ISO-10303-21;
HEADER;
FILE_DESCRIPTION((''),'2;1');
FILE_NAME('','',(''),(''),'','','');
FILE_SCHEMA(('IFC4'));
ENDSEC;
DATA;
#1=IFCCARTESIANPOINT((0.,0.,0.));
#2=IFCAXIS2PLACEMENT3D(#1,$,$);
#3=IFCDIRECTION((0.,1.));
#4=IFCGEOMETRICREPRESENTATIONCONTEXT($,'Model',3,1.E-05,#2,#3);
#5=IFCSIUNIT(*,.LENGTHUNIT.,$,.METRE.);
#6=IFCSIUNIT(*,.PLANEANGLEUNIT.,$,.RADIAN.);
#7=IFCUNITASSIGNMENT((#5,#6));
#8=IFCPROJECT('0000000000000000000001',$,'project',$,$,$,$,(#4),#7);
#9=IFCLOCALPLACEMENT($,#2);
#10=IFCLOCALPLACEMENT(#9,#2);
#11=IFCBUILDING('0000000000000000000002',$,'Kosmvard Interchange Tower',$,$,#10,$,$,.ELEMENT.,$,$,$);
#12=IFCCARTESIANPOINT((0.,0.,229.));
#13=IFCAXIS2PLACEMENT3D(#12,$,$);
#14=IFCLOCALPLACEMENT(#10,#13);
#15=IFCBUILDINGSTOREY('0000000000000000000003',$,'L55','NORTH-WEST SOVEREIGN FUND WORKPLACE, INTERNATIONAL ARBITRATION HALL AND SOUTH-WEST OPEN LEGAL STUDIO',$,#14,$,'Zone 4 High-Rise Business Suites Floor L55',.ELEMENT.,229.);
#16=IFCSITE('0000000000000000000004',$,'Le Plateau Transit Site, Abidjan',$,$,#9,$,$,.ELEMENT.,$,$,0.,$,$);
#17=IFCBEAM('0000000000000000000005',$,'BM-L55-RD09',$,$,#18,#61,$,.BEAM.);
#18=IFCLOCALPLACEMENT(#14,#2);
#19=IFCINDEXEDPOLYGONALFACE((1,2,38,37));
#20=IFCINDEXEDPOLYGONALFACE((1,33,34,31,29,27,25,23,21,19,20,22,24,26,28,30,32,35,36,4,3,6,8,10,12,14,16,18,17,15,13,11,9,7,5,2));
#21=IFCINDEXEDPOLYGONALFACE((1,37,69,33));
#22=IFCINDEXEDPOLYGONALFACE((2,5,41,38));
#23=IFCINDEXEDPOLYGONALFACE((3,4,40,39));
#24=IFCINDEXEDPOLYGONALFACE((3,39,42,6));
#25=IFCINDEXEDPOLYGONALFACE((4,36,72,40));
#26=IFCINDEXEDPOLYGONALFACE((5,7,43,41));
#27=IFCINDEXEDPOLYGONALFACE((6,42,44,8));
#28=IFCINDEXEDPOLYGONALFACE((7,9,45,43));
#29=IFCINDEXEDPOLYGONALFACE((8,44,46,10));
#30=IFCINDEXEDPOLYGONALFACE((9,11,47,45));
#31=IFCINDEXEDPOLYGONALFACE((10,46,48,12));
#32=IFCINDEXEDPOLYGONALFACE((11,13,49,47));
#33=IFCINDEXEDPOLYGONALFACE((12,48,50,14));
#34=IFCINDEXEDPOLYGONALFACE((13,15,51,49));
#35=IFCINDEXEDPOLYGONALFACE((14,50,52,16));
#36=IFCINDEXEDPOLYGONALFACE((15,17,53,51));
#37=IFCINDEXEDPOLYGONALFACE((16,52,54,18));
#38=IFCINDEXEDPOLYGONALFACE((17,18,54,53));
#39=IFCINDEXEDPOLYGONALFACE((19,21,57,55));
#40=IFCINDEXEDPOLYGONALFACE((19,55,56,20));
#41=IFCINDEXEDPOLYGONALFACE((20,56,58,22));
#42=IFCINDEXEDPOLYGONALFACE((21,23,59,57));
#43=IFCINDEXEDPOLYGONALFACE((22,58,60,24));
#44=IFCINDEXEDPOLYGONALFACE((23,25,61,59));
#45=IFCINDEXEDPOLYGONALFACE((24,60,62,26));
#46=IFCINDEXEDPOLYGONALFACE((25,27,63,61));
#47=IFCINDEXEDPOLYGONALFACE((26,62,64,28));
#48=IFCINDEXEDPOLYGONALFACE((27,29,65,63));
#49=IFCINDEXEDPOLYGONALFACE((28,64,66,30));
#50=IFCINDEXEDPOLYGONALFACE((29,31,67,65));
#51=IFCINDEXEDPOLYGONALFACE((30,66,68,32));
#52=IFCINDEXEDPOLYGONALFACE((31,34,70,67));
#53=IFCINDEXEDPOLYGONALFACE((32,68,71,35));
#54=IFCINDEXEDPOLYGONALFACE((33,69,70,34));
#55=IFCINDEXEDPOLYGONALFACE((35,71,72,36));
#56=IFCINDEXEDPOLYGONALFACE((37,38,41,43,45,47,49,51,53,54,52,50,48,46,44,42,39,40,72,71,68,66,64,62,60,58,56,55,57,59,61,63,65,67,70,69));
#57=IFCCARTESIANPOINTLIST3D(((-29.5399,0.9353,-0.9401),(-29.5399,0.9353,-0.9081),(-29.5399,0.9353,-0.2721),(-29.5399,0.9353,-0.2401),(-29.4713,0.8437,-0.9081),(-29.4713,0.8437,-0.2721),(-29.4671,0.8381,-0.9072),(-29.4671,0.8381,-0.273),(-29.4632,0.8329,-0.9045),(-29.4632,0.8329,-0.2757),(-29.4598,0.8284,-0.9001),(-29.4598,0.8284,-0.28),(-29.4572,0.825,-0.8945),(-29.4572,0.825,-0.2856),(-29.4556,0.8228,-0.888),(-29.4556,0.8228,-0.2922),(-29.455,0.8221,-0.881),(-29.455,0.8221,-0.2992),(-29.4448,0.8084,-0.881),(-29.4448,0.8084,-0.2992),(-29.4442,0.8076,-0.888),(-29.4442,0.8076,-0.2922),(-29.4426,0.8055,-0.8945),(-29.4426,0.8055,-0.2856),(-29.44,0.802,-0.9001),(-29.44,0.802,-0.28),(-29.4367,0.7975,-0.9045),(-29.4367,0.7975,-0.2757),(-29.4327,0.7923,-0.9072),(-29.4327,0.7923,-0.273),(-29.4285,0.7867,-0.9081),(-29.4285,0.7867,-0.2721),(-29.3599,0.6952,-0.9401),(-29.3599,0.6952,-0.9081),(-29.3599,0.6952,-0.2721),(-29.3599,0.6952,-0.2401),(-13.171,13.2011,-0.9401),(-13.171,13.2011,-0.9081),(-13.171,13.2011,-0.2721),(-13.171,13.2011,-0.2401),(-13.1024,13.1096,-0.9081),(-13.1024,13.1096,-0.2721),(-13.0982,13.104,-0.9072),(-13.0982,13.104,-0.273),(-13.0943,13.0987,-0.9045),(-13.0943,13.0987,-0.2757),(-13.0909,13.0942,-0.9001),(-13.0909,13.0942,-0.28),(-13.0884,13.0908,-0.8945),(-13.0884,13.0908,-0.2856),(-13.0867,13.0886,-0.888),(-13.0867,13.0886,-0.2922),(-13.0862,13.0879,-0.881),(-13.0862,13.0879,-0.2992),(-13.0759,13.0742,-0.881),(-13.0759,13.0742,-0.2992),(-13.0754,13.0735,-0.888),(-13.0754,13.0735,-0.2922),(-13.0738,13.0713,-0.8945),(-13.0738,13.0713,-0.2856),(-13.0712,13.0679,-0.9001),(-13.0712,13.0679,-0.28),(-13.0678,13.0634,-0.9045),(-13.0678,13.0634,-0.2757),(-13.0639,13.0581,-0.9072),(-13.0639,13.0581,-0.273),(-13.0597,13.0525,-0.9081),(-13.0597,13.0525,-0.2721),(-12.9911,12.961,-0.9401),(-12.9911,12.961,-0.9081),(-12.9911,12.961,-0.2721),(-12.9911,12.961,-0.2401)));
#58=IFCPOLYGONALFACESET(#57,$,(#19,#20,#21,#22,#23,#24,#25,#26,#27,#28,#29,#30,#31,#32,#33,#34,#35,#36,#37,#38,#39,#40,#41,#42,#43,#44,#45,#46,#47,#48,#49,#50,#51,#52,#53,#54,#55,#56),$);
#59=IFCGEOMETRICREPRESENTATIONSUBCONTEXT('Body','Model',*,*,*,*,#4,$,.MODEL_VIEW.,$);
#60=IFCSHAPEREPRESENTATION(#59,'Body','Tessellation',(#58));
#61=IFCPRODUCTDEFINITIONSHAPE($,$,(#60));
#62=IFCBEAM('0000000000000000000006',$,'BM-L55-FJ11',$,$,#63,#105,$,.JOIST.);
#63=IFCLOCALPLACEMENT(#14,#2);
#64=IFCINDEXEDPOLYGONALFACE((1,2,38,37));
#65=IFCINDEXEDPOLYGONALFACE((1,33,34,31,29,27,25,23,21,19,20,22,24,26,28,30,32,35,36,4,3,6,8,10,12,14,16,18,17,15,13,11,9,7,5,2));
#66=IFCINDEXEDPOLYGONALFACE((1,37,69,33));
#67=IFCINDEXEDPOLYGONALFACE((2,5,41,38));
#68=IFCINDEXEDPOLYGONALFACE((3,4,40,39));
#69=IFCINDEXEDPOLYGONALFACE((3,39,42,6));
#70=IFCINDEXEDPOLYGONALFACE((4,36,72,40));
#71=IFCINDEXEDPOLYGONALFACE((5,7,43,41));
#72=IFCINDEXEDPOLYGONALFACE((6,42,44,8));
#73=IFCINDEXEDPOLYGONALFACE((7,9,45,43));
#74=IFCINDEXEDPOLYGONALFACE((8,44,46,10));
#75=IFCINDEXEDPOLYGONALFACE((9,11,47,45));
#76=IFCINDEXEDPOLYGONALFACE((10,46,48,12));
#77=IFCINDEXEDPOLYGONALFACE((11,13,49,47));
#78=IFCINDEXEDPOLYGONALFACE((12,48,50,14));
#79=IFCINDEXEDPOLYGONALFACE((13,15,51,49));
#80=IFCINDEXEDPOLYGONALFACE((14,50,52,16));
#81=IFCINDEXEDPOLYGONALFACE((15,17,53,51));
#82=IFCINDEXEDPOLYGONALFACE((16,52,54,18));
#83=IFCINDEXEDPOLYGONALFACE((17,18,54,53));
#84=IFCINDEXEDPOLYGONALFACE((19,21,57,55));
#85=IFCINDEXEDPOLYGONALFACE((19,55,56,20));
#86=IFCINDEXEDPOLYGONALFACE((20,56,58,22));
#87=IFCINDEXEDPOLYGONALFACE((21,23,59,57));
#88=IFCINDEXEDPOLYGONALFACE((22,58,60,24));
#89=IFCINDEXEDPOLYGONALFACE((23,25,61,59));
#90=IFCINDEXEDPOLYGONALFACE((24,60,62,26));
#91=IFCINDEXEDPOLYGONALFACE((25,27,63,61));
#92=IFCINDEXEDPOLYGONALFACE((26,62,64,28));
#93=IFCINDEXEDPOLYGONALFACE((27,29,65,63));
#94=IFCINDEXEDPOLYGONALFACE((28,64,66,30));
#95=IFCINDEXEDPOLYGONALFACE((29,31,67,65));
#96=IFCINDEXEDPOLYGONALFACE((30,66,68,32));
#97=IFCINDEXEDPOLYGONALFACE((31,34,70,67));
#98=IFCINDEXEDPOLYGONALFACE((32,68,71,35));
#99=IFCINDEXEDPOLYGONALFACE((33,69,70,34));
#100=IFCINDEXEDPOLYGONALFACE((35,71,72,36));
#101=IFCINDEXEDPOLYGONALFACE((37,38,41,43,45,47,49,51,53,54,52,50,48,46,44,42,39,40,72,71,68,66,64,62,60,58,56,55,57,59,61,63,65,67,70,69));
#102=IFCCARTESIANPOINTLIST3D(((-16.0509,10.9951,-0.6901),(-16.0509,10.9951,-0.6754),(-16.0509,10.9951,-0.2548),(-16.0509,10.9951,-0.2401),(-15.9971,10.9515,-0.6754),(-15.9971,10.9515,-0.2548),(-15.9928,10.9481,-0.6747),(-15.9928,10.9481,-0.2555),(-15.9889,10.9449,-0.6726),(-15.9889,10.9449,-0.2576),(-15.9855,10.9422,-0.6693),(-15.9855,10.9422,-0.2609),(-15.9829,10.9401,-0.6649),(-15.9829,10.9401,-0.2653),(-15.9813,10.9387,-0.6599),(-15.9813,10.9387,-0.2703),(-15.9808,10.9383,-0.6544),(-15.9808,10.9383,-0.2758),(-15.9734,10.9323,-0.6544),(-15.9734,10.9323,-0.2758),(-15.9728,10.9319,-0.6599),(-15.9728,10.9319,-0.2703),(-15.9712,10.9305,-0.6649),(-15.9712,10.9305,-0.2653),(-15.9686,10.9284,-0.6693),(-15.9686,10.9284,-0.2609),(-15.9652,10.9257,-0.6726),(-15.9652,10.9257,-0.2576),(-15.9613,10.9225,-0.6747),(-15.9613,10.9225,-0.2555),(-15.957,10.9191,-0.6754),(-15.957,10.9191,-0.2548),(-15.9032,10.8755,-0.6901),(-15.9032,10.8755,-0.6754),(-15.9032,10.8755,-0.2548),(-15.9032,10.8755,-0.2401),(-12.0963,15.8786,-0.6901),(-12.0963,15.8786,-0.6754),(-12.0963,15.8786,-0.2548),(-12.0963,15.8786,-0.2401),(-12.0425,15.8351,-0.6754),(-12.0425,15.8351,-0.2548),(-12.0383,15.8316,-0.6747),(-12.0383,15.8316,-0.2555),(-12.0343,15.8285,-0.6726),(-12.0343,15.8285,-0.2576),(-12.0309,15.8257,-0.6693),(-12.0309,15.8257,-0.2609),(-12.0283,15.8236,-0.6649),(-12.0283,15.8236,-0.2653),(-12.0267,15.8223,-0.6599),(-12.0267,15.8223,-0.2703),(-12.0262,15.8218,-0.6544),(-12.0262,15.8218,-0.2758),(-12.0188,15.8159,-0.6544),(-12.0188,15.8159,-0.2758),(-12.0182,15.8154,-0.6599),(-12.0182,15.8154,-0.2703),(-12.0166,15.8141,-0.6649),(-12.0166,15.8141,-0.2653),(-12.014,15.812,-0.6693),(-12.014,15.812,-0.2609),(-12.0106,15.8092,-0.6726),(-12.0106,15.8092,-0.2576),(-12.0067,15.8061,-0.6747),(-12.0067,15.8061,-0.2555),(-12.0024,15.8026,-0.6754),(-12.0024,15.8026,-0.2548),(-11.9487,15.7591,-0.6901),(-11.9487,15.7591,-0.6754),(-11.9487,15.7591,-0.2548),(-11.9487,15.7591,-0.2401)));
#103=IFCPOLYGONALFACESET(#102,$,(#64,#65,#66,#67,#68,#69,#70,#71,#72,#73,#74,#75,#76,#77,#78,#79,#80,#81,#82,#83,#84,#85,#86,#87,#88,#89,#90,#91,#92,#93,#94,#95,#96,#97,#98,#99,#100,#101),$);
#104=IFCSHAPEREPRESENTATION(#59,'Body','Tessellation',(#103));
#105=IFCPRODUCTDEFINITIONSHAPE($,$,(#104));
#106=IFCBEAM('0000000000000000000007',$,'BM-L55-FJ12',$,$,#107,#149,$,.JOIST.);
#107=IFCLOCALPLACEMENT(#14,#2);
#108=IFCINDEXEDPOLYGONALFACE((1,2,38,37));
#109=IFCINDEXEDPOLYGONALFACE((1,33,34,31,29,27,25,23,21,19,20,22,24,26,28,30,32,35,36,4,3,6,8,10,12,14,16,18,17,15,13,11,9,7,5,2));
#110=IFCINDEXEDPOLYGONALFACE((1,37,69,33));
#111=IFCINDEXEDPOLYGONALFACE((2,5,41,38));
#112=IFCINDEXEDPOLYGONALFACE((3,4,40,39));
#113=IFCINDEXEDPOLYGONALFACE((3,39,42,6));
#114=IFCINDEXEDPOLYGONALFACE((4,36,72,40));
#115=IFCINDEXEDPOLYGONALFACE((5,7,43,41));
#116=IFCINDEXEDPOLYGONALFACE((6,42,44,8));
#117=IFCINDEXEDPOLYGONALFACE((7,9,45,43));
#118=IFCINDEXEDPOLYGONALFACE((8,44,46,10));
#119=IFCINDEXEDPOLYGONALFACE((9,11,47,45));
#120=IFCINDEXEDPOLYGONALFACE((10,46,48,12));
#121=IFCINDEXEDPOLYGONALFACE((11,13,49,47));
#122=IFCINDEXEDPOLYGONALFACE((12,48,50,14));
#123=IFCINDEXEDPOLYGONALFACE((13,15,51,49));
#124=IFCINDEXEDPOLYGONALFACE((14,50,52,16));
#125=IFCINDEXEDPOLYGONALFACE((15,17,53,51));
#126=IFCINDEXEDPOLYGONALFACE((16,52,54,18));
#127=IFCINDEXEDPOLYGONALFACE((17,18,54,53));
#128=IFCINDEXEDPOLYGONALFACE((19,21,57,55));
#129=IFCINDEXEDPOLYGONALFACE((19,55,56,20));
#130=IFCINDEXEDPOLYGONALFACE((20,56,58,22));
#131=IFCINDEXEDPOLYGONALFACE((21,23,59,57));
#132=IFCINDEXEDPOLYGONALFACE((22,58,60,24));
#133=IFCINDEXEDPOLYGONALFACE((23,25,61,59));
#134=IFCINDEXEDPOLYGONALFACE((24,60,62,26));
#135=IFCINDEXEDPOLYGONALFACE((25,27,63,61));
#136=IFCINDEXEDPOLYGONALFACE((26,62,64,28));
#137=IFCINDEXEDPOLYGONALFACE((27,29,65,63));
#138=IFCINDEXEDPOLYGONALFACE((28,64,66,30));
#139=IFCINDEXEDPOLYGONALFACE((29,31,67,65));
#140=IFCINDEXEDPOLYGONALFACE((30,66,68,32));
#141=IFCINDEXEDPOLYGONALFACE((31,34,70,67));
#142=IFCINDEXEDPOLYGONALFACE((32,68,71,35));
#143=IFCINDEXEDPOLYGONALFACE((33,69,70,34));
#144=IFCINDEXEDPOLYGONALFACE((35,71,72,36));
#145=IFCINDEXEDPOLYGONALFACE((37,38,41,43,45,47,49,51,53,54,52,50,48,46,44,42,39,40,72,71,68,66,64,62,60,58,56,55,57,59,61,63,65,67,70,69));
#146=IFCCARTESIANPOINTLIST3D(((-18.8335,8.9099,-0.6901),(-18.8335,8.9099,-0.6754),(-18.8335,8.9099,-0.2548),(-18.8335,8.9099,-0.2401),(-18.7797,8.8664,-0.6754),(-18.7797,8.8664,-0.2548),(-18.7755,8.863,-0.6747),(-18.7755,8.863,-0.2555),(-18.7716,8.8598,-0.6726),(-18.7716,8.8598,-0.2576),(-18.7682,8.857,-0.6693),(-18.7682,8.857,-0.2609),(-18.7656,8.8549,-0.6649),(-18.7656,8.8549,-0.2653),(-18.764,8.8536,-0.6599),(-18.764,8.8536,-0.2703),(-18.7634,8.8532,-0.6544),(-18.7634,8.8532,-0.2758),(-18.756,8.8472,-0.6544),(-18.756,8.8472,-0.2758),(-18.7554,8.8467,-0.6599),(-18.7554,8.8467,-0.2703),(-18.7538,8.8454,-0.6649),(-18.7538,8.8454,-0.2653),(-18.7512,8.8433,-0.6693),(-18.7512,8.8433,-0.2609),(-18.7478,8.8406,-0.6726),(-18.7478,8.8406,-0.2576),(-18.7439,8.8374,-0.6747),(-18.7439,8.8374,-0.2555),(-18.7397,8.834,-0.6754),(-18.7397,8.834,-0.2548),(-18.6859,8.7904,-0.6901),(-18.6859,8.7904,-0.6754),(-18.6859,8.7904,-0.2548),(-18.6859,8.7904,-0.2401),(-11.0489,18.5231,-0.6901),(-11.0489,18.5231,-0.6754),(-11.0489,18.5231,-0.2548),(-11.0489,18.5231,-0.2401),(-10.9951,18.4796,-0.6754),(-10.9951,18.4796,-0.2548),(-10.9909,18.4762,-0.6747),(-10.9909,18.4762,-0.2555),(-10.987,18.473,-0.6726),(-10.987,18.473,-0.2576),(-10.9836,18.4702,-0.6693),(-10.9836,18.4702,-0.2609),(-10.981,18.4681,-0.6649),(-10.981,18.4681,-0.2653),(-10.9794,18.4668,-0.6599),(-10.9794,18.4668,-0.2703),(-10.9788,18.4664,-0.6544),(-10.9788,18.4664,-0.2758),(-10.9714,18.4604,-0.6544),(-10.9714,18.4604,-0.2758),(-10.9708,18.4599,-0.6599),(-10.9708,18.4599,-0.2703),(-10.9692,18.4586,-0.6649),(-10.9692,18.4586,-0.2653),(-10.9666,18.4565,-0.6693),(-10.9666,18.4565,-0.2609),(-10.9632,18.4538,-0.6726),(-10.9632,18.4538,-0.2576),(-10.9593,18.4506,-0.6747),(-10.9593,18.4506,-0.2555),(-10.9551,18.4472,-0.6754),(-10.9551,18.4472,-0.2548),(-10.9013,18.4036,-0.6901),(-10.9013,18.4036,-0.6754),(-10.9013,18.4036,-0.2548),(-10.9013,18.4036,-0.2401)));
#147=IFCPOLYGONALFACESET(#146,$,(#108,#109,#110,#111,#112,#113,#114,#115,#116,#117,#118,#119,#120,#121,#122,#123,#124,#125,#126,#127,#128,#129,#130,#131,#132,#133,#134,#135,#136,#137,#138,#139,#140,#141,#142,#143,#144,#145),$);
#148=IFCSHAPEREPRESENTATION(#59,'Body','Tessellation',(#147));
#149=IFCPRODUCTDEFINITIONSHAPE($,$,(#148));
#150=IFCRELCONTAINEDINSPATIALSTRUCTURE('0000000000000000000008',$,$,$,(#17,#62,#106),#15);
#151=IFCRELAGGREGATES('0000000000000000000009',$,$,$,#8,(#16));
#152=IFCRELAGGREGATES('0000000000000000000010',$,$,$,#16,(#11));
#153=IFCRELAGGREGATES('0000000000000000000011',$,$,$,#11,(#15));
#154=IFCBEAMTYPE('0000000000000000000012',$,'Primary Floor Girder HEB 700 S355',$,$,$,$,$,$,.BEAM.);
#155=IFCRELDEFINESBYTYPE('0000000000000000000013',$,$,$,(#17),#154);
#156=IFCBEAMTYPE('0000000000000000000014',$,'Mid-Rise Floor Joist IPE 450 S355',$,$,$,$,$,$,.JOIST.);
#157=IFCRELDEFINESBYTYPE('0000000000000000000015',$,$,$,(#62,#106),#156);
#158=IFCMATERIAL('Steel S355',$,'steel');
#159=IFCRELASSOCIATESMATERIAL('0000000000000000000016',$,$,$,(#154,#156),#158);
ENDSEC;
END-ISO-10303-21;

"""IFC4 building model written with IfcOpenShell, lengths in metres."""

from ifc_helpers import new_model, si_unit, direction, frame, origin, origin_2d, place, context, subcontext, project, spatial, i_section, extrude, source, transform, mapped, material, material_profile, profile_set, type_object, element, save


model = new_model("IFC4")

# Units and contexts
model_context = context("Model", 3, precision=1e-05, world=origin(), true_north=direction((0.0, 1.0)))
body_context = subcontext(model_context, "Body", "Model", "MODEL_VIEW")
ifc_project = project(units=[si_unit("LENGTHUNIT", "METRE"), si_unit("PLANEANGLEUNIT", "RADIAN")], contexts=[model_context])

# Site, building, storey
site_placement = place(None, origin())
site = spatial("IfcSite", under=ifc_project, at=site_placement, Name="Le Plateau Transit Site, Abidjan", CompositionType="ELEMENT", RefElevation=0.0)
building_placement = place(site_placement, origin())
building = spatial("IfcBuilding", under=site, at=building_placement, Name="Kosmvard Interchange Tower", CompositionType="ELEMENT")
storey_placement = place(building_placement, frame((0.0, 0.0, 229.0)))
storey = spatial("IfcBuildingStorey", under=building, at=storey_placement, Name="L55", Description="NORTH-WEST SOVEREIGN FUND WORKPLACE, INTERNATIONAL ARBITRATION HALL AND SOUTH-WEST OPEN LEGAL STUDIO", LongName="Zone 4 High-Rise Business Suites Floor L55", CompositionType="ELEMENT", Elevation=229.0)

# Beams
ifc_material_1 = material(Name="Steel S355", Category="steel")
ifc_material_profile_1 = material_profile(ifc_material_1, i_section(OverallWidth=0.3, OverallDepth=0.7, WebThickness=0.0171, FlangeThickness=0.032, FilletRadius=0.0271, at=origin_2d()), Name="HEB 700")
ifc_profile_set_1 = profile_set([ifc_material_profile_1], Name="Steel S355")
beam_type_1 = type_object("IfcBeamType", Name="Primary Floor Girder HEB 700 S355", PredefinedType="BEAM", material=ifc_profile_set_1)
shared_shape_1 = source(origin(), body_context, "Body", "SweptSolid", [
    extrude(i_section(OverallWidth=0.3, OverallDepth=0.7, WebThickness=0.0171, FlangeThickness=0.032, FilletRadius=0.0271, at=origin_2d()), origin(), (0.0, 0.0, 1.0), 20.4546),
])
beam_1_placement = place(storey_placement, frame((-13.0811, 13.0811, -0.5901), z_axis=(-0.800253, -0.599662, 0.0), x_axis=(0.599662, -0.800253, 0.0)))
element("IfcBeam", 1, at=beam_1_placement, inside=storey, type_object=beam_type_1, Name="BM-L55-RD09", PredefinedType="BEAM", context=body_context, shape_type="MappedRepresentation", body=[
    mapped(shared_shape_1, transform((0.0, 0.0, 0.0), scale=1.0)),
])
ifc_material_profile_2 = material_profile(ifc_material_1, i_section(OverallWidth=0.1899, OverallDepth=0.45, WebThickness=0.0095, FlangeThickness=0.0146, FilletRadius=0.021, at=origin_2d()), Name="IPE 450")
ifc_profile_set_2 = profile_set([ifc_material_profile_2], Name="Steel S355")
beam_type_2 = type_object("IfcBeamType", Name="Mid-Rise Floor Joist IPE 450 S355", PredefinedType="JOIST", material=ifc_profile_set_2)
shared_shape_2 = source(origin(), body_context, "Body", "SweptSolid", [
    extrude(i_section(OverallWidth=0.1899, OverallDepth=0.45, WebThickness=0.0095, FlangeThickness=0.0146, FilletRadius=0.021, at=origin_2d()), origin(), (0.0, 0.0, 1.0), 6.2839),
])
beam_2_placement = place(storey_placement, frame((-12.0225, 15.8188, -0.4651), z_axis=(-0.629318, -0.777148, 0.0), x_axis=(0.777148, -0.629318, 0.0)))
element("IfcBeam", 2, at=beam_2_placement, inside=storey, type_object=beam_type_2, Name="BM-L55-FJ11", PredefinedType="JOIST", context=body_context, shape_type="MappedRepresentation", body=[
    mapped(shared_shape_2, transform((0.0, 0.0, 0.0), scale=1.0)),
])
shared_shape_3 = source(origin(), body_context, "Body", "SweptSolid", [
    extrude(i_section(OverallWidth=0.1899, OverallDepth=0.45, WebThickness=0.0095, FlangeThickness=0.0146, FilletRadius=0.021, at=origin_2d()), origin(), (0.0, 0.0, 1.0), 12.3699),
])
beam_3_placement = place(storey_placement, frame((-10.9751, 18.4634, -0.4651), z_axis=(-0.62932, -0.777147, 0.0), x_axis=(0.777147, -0.62932, 0.0)))
element("IfcBeam", 3, at=beam_3_placement, inside=storey, type_object=beam_type_2, Name="BM-L55-FJ12", PredefinedType="JOIST", context=body_context, shape_type="MappedRepresentation", body=[
    mapped(shared_shape_3, transform((0.0, 0.0, 0.0), scale=1.0)),
])

save(model, "model.ifc")
